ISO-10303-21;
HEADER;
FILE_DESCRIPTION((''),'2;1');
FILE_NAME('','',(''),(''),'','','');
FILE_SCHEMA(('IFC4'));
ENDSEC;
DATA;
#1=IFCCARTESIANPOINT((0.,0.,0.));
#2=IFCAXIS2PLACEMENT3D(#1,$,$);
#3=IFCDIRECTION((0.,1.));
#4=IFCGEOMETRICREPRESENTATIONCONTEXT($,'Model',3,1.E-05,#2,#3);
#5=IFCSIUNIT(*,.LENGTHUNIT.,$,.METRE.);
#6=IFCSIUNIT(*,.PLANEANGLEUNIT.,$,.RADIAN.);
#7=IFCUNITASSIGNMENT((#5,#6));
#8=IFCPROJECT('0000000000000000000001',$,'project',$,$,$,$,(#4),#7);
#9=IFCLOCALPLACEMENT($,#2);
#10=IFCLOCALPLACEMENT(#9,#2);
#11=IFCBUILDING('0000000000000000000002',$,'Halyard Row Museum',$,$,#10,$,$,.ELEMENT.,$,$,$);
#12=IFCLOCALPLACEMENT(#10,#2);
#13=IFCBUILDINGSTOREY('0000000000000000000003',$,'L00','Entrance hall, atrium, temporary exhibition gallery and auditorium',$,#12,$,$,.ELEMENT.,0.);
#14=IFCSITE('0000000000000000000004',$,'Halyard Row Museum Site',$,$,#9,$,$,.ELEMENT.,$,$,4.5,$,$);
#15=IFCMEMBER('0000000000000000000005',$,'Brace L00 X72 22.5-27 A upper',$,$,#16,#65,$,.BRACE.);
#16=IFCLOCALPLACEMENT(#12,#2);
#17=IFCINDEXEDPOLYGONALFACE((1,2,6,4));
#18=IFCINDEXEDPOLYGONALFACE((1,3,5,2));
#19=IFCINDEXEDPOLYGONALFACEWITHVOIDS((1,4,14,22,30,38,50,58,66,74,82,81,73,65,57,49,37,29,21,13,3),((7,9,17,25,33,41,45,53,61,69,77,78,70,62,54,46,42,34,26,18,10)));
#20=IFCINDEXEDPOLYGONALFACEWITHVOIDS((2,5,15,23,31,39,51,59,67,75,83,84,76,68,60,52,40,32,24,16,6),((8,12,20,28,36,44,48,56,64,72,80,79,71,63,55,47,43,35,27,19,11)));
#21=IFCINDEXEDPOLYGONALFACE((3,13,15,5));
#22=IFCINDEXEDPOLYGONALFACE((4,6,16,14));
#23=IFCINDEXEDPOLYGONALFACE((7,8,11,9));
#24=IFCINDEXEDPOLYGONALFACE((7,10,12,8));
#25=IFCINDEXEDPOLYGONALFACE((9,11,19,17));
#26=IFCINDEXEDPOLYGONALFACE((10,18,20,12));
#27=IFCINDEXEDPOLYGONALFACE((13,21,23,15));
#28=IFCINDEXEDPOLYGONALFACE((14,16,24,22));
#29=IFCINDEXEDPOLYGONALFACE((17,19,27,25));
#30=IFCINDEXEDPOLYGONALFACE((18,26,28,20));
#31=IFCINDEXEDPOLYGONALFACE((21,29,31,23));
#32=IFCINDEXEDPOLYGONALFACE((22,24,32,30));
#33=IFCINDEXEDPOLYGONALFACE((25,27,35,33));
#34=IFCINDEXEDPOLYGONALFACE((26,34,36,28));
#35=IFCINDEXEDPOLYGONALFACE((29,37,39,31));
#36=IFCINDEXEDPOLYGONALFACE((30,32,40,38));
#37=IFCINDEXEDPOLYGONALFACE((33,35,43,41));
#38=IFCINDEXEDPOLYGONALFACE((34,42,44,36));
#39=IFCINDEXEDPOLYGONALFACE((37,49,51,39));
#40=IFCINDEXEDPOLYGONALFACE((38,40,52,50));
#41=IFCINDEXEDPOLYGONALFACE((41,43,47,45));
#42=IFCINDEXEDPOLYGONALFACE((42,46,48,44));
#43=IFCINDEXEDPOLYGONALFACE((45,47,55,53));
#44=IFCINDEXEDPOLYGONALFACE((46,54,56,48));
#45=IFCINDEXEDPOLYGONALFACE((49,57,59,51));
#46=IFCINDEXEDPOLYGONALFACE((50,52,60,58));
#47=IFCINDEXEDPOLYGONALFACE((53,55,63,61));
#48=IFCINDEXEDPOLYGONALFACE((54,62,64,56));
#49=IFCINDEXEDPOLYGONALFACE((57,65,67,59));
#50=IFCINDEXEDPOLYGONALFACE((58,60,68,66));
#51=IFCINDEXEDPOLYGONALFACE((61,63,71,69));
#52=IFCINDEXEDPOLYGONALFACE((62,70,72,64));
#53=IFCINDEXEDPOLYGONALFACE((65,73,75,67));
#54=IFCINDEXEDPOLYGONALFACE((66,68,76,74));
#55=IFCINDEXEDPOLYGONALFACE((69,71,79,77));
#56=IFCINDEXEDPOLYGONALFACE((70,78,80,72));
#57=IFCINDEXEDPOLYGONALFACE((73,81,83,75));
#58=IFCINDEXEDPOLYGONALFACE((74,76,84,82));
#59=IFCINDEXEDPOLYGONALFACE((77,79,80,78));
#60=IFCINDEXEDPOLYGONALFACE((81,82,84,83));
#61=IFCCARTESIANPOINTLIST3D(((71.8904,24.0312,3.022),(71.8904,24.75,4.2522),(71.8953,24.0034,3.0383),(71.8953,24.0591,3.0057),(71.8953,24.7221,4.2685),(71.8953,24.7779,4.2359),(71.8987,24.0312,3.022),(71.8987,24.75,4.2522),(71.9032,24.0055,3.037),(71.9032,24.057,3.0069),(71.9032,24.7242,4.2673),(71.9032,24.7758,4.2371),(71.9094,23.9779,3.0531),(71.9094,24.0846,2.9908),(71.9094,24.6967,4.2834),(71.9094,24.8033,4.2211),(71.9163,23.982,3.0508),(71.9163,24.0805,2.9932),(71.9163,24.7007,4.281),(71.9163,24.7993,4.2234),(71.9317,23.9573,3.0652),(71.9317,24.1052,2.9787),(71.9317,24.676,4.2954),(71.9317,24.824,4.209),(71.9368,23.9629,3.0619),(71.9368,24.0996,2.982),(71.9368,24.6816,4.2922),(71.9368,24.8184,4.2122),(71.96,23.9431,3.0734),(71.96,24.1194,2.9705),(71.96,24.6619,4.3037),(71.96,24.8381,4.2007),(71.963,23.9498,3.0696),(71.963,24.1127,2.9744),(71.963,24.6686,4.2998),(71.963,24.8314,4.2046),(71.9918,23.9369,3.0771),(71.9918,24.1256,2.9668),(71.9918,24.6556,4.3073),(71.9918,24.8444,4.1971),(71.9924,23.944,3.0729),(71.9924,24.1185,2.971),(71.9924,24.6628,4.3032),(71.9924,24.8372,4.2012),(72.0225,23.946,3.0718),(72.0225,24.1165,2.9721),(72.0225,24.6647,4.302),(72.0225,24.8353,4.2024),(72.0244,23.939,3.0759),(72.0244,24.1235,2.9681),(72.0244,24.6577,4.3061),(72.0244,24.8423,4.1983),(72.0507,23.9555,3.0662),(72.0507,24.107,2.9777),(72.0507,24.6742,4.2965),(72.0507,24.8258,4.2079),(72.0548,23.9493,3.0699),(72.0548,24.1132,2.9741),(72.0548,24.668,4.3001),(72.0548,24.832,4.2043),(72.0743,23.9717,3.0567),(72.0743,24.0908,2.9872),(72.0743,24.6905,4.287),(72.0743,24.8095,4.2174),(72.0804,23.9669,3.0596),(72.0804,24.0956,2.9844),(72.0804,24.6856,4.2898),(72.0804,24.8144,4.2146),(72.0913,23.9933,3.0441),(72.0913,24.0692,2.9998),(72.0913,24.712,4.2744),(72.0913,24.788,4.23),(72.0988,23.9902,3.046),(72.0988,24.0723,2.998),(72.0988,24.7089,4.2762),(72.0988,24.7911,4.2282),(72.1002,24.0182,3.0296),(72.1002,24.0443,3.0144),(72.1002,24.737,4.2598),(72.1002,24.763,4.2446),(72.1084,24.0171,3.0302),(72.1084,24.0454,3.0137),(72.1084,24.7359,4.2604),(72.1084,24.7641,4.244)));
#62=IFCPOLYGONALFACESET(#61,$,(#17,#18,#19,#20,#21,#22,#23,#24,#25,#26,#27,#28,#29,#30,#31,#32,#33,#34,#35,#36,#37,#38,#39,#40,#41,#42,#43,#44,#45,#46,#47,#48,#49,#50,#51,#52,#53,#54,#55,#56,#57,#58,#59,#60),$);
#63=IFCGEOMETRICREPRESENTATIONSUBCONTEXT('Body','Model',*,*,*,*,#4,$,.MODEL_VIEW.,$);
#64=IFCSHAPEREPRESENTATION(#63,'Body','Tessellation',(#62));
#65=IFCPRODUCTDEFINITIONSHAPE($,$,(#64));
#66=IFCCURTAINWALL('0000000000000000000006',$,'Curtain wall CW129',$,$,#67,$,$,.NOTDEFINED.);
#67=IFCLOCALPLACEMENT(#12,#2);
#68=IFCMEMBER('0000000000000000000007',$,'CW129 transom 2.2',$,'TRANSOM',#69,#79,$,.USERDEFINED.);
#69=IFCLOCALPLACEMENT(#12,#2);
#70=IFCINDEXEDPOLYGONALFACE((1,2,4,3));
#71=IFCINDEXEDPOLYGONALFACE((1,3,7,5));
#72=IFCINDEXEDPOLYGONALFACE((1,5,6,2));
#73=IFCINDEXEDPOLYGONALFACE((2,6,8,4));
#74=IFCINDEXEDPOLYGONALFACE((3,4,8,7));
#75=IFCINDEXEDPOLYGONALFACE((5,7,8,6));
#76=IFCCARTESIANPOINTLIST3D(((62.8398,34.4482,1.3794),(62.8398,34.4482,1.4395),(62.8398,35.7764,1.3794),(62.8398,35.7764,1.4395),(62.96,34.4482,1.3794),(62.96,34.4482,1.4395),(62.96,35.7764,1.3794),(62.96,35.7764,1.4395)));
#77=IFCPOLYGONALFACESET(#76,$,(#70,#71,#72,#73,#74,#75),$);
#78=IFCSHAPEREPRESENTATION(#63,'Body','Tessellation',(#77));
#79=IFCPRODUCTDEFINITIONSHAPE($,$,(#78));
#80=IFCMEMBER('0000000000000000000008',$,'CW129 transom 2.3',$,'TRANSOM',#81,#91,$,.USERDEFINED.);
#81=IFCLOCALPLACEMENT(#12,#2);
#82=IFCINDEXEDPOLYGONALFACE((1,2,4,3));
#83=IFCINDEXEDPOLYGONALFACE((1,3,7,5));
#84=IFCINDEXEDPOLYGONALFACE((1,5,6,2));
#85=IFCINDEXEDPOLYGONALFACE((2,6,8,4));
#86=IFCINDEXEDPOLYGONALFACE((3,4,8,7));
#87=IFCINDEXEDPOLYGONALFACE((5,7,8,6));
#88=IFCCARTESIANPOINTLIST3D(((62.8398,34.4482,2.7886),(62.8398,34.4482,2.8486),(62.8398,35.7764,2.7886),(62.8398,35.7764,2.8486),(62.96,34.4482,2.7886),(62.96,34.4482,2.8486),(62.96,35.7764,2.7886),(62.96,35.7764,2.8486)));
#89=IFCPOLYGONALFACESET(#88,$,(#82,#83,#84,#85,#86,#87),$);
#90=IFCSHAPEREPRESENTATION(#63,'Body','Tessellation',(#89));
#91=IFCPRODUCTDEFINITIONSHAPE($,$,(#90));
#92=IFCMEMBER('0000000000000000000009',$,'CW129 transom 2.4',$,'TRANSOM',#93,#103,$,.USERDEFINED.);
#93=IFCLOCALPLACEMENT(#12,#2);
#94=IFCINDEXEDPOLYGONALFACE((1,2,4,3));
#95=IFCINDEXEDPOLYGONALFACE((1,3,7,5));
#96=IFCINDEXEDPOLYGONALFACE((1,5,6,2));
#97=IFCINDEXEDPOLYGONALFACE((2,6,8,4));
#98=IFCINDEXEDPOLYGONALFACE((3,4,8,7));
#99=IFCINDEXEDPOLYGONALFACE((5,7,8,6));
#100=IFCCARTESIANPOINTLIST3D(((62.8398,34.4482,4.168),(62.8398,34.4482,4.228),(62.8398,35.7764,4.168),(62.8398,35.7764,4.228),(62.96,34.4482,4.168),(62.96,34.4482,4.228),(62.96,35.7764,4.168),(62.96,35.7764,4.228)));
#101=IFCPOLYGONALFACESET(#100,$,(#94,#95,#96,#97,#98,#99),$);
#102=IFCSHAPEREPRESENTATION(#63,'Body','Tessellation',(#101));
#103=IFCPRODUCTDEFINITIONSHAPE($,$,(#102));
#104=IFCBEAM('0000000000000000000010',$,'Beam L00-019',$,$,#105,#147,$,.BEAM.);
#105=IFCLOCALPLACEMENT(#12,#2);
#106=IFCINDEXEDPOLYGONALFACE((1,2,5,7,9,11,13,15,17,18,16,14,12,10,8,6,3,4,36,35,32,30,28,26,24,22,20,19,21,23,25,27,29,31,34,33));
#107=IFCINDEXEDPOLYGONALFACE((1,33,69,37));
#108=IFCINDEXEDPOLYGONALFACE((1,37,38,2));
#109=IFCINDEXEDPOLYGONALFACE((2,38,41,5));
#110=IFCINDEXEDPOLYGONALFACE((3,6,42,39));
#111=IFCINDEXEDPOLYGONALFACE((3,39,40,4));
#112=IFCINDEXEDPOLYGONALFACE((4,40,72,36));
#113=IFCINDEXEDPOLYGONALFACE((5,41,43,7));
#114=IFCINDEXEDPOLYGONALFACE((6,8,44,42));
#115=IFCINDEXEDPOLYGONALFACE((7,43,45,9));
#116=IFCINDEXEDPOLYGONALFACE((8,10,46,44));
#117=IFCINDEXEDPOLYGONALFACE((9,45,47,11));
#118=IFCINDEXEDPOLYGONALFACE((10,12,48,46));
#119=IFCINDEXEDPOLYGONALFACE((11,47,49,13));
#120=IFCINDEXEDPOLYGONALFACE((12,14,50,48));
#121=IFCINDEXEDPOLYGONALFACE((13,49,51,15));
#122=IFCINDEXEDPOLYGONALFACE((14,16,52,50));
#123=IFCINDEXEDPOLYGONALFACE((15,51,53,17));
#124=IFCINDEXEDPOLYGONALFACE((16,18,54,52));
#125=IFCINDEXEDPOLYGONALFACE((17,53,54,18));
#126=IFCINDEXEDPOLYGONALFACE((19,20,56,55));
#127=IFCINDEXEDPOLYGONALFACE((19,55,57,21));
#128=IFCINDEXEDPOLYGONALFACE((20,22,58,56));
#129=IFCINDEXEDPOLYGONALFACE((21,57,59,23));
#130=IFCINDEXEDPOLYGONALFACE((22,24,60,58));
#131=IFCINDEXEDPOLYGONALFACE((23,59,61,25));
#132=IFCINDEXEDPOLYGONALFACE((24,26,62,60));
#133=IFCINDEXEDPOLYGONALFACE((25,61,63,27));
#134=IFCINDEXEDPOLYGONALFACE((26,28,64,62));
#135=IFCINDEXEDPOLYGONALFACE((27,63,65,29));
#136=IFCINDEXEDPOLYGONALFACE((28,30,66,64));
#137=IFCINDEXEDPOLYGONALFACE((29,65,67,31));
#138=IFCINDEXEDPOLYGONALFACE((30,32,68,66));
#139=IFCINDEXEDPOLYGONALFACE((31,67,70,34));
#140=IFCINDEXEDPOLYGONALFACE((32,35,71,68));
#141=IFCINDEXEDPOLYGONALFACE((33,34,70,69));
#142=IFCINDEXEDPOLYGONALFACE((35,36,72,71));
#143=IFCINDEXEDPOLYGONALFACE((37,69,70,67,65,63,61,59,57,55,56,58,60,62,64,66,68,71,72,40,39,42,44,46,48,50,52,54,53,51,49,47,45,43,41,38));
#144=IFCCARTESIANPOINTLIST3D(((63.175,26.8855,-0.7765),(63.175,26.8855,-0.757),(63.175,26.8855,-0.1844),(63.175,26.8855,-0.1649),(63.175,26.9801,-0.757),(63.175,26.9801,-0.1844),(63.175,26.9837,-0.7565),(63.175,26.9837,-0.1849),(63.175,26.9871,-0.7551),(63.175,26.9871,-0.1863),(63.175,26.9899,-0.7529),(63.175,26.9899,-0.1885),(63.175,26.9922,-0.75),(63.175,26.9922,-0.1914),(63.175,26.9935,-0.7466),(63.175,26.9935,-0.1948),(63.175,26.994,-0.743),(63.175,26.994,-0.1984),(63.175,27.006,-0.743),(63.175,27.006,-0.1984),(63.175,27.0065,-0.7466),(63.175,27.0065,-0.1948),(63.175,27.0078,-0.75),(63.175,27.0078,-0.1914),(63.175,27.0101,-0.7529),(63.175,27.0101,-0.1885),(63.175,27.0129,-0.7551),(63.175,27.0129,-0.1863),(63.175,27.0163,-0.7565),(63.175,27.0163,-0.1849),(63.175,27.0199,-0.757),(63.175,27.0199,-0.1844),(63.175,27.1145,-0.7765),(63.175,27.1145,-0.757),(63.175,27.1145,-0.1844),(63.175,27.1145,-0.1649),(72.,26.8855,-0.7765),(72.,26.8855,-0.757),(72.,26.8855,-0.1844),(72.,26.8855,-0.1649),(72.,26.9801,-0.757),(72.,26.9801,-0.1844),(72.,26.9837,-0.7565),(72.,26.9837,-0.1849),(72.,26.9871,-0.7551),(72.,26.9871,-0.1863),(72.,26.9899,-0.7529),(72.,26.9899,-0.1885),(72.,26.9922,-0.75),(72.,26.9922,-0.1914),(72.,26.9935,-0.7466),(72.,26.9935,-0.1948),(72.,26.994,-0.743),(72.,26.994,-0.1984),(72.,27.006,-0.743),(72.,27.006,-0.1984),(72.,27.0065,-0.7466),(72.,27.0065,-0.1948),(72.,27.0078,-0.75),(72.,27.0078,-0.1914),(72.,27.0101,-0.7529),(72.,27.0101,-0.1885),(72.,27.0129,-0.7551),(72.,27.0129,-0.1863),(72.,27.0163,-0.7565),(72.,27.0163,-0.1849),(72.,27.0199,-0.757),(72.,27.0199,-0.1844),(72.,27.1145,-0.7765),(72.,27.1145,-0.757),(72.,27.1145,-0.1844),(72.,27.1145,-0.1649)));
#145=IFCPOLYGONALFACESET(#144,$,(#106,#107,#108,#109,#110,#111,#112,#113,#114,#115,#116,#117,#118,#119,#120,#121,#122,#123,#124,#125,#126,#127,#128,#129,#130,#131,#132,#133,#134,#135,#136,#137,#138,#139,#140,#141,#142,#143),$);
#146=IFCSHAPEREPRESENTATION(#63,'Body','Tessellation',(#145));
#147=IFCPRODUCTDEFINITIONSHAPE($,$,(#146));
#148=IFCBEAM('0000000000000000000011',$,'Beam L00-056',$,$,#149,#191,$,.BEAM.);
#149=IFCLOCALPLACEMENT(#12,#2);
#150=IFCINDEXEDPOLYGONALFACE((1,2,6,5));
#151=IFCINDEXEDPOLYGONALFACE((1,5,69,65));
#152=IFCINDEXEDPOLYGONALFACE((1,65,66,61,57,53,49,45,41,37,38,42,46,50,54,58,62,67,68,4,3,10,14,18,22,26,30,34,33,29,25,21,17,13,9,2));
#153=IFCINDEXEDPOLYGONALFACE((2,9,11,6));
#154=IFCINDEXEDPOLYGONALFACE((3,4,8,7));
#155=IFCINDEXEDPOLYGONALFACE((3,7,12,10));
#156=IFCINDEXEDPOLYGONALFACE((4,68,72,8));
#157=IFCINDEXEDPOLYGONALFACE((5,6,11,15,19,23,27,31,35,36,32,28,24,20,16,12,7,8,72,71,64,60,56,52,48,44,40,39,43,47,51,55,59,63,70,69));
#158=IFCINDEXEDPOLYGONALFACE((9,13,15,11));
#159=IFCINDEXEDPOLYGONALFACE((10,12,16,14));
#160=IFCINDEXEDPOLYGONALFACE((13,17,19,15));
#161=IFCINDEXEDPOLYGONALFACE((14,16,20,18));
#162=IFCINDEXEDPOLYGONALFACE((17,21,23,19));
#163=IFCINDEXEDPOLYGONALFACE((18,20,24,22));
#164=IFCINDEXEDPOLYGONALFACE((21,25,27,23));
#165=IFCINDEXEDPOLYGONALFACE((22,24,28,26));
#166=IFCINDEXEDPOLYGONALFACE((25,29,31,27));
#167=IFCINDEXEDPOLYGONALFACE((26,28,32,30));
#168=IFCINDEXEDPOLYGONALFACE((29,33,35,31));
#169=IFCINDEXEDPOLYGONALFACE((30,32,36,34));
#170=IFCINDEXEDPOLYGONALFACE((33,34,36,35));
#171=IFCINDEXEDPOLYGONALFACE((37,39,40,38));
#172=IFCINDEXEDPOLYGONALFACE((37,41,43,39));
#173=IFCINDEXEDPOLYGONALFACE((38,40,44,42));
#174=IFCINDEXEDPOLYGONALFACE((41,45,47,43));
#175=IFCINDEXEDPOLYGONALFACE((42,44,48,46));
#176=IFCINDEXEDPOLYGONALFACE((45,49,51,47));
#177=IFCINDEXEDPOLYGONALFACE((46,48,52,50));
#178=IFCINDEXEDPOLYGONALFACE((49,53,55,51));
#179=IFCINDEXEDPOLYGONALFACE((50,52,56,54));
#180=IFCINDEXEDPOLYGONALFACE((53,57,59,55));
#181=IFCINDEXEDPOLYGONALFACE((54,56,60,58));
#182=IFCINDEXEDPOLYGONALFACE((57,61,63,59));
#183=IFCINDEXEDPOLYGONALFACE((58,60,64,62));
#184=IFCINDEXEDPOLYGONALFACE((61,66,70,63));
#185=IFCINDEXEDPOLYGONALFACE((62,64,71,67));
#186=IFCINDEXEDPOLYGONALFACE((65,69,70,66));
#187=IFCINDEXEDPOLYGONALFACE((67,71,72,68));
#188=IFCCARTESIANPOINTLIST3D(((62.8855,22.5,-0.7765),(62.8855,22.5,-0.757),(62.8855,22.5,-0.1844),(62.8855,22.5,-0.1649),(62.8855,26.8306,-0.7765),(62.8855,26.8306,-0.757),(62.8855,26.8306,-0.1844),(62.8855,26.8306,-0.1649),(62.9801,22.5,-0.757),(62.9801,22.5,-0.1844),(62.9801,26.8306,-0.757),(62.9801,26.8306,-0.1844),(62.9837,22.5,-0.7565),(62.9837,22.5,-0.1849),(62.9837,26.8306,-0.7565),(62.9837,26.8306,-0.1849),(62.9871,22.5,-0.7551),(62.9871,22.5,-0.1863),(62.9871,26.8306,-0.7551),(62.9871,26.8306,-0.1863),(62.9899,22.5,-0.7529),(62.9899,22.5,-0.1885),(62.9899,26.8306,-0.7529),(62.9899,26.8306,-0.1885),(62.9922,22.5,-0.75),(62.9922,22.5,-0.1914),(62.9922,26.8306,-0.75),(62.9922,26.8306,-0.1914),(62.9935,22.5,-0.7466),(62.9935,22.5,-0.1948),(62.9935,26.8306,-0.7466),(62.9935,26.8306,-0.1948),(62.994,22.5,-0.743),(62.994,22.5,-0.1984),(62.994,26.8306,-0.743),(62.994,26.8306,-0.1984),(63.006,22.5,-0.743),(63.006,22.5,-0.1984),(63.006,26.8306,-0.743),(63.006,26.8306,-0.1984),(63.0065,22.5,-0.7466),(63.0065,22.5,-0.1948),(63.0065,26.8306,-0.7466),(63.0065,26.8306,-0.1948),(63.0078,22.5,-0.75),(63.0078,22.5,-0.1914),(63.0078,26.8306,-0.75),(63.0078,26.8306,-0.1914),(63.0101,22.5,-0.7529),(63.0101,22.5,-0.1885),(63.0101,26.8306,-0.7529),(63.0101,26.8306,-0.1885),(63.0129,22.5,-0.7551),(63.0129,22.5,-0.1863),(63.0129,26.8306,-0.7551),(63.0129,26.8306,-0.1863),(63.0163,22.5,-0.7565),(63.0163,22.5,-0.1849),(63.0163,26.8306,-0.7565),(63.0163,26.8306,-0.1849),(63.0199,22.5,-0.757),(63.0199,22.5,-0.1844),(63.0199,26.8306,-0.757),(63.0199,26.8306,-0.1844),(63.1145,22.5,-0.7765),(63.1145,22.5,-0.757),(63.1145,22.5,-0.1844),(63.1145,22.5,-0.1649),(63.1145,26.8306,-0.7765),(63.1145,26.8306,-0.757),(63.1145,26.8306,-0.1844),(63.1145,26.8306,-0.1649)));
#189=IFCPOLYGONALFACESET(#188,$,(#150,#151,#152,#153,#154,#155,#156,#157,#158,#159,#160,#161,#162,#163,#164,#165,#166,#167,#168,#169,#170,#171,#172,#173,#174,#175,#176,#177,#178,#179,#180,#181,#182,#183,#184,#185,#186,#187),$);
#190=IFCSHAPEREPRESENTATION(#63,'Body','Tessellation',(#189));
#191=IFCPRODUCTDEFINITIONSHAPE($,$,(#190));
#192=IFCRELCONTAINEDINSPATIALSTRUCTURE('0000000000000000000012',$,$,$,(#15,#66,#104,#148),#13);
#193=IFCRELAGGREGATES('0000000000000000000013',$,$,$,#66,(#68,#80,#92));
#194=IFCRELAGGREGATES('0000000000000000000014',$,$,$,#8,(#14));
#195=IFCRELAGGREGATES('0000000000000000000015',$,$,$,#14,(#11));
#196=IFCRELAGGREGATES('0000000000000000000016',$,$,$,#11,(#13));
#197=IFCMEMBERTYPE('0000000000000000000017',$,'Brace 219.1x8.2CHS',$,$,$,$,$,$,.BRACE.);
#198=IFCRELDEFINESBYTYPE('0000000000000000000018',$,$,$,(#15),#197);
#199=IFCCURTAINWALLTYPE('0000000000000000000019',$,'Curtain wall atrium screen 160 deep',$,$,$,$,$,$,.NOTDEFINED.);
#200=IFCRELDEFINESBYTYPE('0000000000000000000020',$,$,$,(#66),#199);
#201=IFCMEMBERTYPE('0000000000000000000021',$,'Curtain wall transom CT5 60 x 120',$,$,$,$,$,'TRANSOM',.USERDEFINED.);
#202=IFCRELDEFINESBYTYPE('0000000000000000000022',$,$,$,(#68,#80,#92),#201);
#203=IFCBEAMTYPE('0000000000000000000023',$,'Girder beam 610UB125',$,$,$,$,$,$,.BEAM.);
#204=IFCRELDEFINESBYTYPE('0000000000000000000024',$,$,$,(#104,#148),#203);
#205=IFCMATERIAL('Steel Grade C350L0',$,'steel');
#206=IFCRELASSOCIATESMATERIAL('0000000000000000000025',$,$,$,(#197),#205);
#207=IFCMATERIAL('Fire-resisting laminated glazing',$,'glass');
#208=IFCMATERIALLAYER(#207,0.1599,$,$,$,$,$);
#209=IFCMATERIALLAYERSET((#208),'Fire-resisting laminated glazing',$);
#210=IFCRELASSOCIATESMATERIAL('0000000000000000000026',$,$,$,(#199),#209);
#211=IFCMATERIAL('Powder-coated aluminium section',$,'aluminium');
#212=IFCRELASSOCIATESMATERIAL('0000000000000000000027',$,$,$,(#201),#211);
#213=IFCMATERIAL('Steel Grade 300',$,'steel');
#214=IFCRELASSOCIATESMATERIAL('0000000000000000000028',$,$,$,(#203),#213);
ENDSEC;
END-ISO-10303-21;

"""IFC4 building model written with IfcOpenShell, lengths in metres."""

from ifc_helpers import new_model, si_unit, direction, frame, origin, origin_2d, place, context, subcontext, project, spatial, rectangle, hollow_circle, i_section, extrude, material, layer, layer_set, material_profile, profile_set, type_object, element, aggregate, save


model = new_model("IFC4")

# Units and contexts
model_context = context("Model", 3, precision=1e-05, world=origin(), true_north=direction((0.0, 1.0)))
body_context = subcontext(model_context, "Body", "Model", "MODEL_VIEW")
ifc_project = project(units=[si_unit("LENGTHUNIT", "METRE"), si_unit("PLANEANGLEUNIT", "RADIAN")], contexts=[model_context])

# Site, building, storey
site_placement = place(None, origin())
site = spatial("IfcSite", under=ifc_project, at=site_placement, Name="Halyard Row Museum Site", CompositionType="ELEMENT", RefElevation=4.5)
building_placement = place(site_placement, origin())
building = spatial("IfcBuilding", under=site, at=building_placement, Name="Halyard Row Museum", CompositionType="ELEMENT")
storey_placement = place(building_placement, origin())
storey = spatial("IfcBuildingStorey", under=building, at=storey_placement, Name="L00", Description="Entrance hall, atrium, temporary exhibition gallery and auditorium", CompositionType="ELEMENT", Elevation=0.0)

# Member
ifc_material_1 = material(Name="Steel Grade C350L0", Category="steel")
ifc_material_profile_1 = material_profile(ifc_material_1, hollow_circle(Radius=0.1096, WallThickness=0.0083, at=origin_2d()), Name="219.1x8.2CHS")
ifc_profile_set_1 = profile_set([ifc_material_profile_1], Name="Steel Grade C350L0")
member_type_1 = type_object("IfcMemberType", Name="Brace 219.1x8.2CHS", PredefinedType="BRACE", material=ifc_profile_set_1)
member_1_placement = place(storey_placement, frame((72.0, 24.0312, 3.022), z_axis=(0.0, 0.504457, 0.863437), x_axis=(-1.0, 0.0, 0.0)))
element("IfcMember", 1, at=member_1_placement, inside=storey, type_object=member_type_1, Name="Brace L00 X72 22.5-27 A upper", PredefinedType="BRACE", context=body_context, shape_type="SweptSolid", body=[
    extrude(hollow_circle(Radius=0.1096, WallThickness=0.0083, at=origin_2d()), origin(), (0.0, 0.0, 1.0), 1.4248),
])

# Curtain wall, members
ifc_material_2 = material(Name="Fire-resisting laminated glazing", Category="glass")
ifc_layer_1 = layer(ifc_material_2, 0.1599)
ifc_layer_set_1 = layer_set([ifc_layer_1], Name="Fire-resisting laminated glazing")
curtain_wall_type = type_object("IfcCurtainWallType", Name="Curtain wall atrium screen 160 deep", PredefinedType="NOTDEFINED", material=ifc_layer_set_1)
curtain_wall_placement = place(storey_placement, origin())
curtain_wall = element("IfcCurtainWall", 2, at=curtain_wall_placement, inside=storey, type_object=curtain_wall_type, Name="Curtain wall CW129", PredefinedType="NOTDEFINED")
ifc_material_3 = material(Name="Powder-coated aluminium section", Category="aluminium")
ifc_material_profile_2 = material_profile(ifc_material_3, rectangle(XDim=0.1201, YDim=0.0601, at=origin_2d()), Name="120x60 transom")
ifc_profile_set_2 = profile_set([ifc_material_profile_2], Name="Powder-coated aluminium section")
member_type_2 = type_object("IfcMemberType", Name="Curtain wall transom CT5 60 x 120", ElementType="TRANSOM", PredefinedType="USERDEFINED", material=ifc_profile_set_2)
member_2_placement = place(storey_placement, frame((62.8999, 34.4482, 1.4094), z_axis=(0.0, 1.0, 0.0), x_axis=(-1.0, 0.0, 0.0)))
member_2 = element("IfcMember", 3, at=member_2_placement, type_object=member_type_2, Name="CW129 transom 2.2", ObjectType="TRANSOM", PredefinedType="USERDEFINED", context=body_context, shape_type="SweptSolid", body=[
    extrude(rectangle(XDim=0.1201, YDim=0.0601, at=origin_2d()), origin(), (0.0, 0.0, 1.0), 1.3281),
])
member_3_placement = place(storey_placement, frame((62.8999, 34.4482, 2.8186), z_axis=(0.0, 1.0, 0.0), x_axis=(-1.0, 0.0, 0.0)))
member_3 = element("IfcMember", 4, at=member_3_placement, type_object=member_type_2, Name="CW129 transom 2.3", ObjectType="TRANSOM", PredefinedType="USERDEFINED", context=body_context, shape_type="SweptSolid", body=[
    extrude(rectangle(XDim=0.1201, YDim=0.0601, at=origin_2d()), origin(), (0.0, 0.0, 1.0), 1.3281),
])
member_4_placement = place(storey_placement, frame((62.8999, 34.4482, 4.198), z_axis=(0.0, 1.0, 0.0), x_axis=(-1.0, 0.0, 0.0)))
member_4 = element("IfcMember", 5, at=member_4_placement, type_object=member_type_2, Name="CW129 transom 2.4", ObjectType="TRANSOM", PredefinedType="USERDEFINED", context=body_context, shape_type="SweptSolid", body=[
    extrude(rectangle(XDim=0.1201, YDim=0.0601, at=origin_2d()), origin(), (0.0, 0.0, 1.0), 1.3281),
])

# Beams
ifc_material_4 = material(Name="Steel Grade 300", Category="steel")
ifc_material_profile_3 = material_profile(ifc_material_4, i_section(OverallWidth=0.229, OverallDepth=0.6116, WebThickness=0.012, FlangeThickness=0.0195, FilletRadius=0.0139, at=origin_2d()), Name="610UB125")
ifc_profile_set_3 = profile_set([ifc_material_profile_3], Name="Steel Grade 300")
beam_type_1 = type_object("IfcBeamType", Name="Girder beam 610UB125", PredefinedType="BEAM", material=ifc_profile_set_3)
beam_1_placement = place(storey_placement, frame((63.175, 27.0, -0.4707), z_axis=(1.0, 0.0, 0.0), x_axis=(0.0, 1.0, 0.0)))
element("IfcBeam", 6, at=beam_1_placement, inside=storey, type_object=beam_type_1, Name="Beam L00-019", PredefinedType="BEAM", context=body_context, shape_type="SweptSolid", body=[
    extrude(i_section(OverallWidth=0.229, OverallDepth=0.6116, WebThickness=0.012, FlangeThickness=0.0195, FilletRadius=0.0139, at=origin_2d()), origin(), (0.0, 0.0, 1.0), 8.825),
])
beam_2_placement = place(storey_placement, frame((63.0, 22.5, -0.4707), z_axis=(0.0, 1.0, 0.0), x_axis=(-1.0, 0.0, 0.0)))
element("IfcBeam", 7, at=beam_2_placement, inside=storey, type_object=beam_type_1, Name="Beam L00-056", PredefinedType="BEAM", context=body_context, shape_type="SweptSolid", body=[
    extrude(i_section(OverallWidth=0.229, OverallDepth=0.6116, WebThickness=0.012, FlangeThickness=0.0195, FilletRadius=0.0139, at=origin_2d()), origin(), (0.0, 0.0, 1.0), 4.3306),
])

aggregate(curtain_wall, [member_2, member_3, member_4])

save(model, "model.ifc")
